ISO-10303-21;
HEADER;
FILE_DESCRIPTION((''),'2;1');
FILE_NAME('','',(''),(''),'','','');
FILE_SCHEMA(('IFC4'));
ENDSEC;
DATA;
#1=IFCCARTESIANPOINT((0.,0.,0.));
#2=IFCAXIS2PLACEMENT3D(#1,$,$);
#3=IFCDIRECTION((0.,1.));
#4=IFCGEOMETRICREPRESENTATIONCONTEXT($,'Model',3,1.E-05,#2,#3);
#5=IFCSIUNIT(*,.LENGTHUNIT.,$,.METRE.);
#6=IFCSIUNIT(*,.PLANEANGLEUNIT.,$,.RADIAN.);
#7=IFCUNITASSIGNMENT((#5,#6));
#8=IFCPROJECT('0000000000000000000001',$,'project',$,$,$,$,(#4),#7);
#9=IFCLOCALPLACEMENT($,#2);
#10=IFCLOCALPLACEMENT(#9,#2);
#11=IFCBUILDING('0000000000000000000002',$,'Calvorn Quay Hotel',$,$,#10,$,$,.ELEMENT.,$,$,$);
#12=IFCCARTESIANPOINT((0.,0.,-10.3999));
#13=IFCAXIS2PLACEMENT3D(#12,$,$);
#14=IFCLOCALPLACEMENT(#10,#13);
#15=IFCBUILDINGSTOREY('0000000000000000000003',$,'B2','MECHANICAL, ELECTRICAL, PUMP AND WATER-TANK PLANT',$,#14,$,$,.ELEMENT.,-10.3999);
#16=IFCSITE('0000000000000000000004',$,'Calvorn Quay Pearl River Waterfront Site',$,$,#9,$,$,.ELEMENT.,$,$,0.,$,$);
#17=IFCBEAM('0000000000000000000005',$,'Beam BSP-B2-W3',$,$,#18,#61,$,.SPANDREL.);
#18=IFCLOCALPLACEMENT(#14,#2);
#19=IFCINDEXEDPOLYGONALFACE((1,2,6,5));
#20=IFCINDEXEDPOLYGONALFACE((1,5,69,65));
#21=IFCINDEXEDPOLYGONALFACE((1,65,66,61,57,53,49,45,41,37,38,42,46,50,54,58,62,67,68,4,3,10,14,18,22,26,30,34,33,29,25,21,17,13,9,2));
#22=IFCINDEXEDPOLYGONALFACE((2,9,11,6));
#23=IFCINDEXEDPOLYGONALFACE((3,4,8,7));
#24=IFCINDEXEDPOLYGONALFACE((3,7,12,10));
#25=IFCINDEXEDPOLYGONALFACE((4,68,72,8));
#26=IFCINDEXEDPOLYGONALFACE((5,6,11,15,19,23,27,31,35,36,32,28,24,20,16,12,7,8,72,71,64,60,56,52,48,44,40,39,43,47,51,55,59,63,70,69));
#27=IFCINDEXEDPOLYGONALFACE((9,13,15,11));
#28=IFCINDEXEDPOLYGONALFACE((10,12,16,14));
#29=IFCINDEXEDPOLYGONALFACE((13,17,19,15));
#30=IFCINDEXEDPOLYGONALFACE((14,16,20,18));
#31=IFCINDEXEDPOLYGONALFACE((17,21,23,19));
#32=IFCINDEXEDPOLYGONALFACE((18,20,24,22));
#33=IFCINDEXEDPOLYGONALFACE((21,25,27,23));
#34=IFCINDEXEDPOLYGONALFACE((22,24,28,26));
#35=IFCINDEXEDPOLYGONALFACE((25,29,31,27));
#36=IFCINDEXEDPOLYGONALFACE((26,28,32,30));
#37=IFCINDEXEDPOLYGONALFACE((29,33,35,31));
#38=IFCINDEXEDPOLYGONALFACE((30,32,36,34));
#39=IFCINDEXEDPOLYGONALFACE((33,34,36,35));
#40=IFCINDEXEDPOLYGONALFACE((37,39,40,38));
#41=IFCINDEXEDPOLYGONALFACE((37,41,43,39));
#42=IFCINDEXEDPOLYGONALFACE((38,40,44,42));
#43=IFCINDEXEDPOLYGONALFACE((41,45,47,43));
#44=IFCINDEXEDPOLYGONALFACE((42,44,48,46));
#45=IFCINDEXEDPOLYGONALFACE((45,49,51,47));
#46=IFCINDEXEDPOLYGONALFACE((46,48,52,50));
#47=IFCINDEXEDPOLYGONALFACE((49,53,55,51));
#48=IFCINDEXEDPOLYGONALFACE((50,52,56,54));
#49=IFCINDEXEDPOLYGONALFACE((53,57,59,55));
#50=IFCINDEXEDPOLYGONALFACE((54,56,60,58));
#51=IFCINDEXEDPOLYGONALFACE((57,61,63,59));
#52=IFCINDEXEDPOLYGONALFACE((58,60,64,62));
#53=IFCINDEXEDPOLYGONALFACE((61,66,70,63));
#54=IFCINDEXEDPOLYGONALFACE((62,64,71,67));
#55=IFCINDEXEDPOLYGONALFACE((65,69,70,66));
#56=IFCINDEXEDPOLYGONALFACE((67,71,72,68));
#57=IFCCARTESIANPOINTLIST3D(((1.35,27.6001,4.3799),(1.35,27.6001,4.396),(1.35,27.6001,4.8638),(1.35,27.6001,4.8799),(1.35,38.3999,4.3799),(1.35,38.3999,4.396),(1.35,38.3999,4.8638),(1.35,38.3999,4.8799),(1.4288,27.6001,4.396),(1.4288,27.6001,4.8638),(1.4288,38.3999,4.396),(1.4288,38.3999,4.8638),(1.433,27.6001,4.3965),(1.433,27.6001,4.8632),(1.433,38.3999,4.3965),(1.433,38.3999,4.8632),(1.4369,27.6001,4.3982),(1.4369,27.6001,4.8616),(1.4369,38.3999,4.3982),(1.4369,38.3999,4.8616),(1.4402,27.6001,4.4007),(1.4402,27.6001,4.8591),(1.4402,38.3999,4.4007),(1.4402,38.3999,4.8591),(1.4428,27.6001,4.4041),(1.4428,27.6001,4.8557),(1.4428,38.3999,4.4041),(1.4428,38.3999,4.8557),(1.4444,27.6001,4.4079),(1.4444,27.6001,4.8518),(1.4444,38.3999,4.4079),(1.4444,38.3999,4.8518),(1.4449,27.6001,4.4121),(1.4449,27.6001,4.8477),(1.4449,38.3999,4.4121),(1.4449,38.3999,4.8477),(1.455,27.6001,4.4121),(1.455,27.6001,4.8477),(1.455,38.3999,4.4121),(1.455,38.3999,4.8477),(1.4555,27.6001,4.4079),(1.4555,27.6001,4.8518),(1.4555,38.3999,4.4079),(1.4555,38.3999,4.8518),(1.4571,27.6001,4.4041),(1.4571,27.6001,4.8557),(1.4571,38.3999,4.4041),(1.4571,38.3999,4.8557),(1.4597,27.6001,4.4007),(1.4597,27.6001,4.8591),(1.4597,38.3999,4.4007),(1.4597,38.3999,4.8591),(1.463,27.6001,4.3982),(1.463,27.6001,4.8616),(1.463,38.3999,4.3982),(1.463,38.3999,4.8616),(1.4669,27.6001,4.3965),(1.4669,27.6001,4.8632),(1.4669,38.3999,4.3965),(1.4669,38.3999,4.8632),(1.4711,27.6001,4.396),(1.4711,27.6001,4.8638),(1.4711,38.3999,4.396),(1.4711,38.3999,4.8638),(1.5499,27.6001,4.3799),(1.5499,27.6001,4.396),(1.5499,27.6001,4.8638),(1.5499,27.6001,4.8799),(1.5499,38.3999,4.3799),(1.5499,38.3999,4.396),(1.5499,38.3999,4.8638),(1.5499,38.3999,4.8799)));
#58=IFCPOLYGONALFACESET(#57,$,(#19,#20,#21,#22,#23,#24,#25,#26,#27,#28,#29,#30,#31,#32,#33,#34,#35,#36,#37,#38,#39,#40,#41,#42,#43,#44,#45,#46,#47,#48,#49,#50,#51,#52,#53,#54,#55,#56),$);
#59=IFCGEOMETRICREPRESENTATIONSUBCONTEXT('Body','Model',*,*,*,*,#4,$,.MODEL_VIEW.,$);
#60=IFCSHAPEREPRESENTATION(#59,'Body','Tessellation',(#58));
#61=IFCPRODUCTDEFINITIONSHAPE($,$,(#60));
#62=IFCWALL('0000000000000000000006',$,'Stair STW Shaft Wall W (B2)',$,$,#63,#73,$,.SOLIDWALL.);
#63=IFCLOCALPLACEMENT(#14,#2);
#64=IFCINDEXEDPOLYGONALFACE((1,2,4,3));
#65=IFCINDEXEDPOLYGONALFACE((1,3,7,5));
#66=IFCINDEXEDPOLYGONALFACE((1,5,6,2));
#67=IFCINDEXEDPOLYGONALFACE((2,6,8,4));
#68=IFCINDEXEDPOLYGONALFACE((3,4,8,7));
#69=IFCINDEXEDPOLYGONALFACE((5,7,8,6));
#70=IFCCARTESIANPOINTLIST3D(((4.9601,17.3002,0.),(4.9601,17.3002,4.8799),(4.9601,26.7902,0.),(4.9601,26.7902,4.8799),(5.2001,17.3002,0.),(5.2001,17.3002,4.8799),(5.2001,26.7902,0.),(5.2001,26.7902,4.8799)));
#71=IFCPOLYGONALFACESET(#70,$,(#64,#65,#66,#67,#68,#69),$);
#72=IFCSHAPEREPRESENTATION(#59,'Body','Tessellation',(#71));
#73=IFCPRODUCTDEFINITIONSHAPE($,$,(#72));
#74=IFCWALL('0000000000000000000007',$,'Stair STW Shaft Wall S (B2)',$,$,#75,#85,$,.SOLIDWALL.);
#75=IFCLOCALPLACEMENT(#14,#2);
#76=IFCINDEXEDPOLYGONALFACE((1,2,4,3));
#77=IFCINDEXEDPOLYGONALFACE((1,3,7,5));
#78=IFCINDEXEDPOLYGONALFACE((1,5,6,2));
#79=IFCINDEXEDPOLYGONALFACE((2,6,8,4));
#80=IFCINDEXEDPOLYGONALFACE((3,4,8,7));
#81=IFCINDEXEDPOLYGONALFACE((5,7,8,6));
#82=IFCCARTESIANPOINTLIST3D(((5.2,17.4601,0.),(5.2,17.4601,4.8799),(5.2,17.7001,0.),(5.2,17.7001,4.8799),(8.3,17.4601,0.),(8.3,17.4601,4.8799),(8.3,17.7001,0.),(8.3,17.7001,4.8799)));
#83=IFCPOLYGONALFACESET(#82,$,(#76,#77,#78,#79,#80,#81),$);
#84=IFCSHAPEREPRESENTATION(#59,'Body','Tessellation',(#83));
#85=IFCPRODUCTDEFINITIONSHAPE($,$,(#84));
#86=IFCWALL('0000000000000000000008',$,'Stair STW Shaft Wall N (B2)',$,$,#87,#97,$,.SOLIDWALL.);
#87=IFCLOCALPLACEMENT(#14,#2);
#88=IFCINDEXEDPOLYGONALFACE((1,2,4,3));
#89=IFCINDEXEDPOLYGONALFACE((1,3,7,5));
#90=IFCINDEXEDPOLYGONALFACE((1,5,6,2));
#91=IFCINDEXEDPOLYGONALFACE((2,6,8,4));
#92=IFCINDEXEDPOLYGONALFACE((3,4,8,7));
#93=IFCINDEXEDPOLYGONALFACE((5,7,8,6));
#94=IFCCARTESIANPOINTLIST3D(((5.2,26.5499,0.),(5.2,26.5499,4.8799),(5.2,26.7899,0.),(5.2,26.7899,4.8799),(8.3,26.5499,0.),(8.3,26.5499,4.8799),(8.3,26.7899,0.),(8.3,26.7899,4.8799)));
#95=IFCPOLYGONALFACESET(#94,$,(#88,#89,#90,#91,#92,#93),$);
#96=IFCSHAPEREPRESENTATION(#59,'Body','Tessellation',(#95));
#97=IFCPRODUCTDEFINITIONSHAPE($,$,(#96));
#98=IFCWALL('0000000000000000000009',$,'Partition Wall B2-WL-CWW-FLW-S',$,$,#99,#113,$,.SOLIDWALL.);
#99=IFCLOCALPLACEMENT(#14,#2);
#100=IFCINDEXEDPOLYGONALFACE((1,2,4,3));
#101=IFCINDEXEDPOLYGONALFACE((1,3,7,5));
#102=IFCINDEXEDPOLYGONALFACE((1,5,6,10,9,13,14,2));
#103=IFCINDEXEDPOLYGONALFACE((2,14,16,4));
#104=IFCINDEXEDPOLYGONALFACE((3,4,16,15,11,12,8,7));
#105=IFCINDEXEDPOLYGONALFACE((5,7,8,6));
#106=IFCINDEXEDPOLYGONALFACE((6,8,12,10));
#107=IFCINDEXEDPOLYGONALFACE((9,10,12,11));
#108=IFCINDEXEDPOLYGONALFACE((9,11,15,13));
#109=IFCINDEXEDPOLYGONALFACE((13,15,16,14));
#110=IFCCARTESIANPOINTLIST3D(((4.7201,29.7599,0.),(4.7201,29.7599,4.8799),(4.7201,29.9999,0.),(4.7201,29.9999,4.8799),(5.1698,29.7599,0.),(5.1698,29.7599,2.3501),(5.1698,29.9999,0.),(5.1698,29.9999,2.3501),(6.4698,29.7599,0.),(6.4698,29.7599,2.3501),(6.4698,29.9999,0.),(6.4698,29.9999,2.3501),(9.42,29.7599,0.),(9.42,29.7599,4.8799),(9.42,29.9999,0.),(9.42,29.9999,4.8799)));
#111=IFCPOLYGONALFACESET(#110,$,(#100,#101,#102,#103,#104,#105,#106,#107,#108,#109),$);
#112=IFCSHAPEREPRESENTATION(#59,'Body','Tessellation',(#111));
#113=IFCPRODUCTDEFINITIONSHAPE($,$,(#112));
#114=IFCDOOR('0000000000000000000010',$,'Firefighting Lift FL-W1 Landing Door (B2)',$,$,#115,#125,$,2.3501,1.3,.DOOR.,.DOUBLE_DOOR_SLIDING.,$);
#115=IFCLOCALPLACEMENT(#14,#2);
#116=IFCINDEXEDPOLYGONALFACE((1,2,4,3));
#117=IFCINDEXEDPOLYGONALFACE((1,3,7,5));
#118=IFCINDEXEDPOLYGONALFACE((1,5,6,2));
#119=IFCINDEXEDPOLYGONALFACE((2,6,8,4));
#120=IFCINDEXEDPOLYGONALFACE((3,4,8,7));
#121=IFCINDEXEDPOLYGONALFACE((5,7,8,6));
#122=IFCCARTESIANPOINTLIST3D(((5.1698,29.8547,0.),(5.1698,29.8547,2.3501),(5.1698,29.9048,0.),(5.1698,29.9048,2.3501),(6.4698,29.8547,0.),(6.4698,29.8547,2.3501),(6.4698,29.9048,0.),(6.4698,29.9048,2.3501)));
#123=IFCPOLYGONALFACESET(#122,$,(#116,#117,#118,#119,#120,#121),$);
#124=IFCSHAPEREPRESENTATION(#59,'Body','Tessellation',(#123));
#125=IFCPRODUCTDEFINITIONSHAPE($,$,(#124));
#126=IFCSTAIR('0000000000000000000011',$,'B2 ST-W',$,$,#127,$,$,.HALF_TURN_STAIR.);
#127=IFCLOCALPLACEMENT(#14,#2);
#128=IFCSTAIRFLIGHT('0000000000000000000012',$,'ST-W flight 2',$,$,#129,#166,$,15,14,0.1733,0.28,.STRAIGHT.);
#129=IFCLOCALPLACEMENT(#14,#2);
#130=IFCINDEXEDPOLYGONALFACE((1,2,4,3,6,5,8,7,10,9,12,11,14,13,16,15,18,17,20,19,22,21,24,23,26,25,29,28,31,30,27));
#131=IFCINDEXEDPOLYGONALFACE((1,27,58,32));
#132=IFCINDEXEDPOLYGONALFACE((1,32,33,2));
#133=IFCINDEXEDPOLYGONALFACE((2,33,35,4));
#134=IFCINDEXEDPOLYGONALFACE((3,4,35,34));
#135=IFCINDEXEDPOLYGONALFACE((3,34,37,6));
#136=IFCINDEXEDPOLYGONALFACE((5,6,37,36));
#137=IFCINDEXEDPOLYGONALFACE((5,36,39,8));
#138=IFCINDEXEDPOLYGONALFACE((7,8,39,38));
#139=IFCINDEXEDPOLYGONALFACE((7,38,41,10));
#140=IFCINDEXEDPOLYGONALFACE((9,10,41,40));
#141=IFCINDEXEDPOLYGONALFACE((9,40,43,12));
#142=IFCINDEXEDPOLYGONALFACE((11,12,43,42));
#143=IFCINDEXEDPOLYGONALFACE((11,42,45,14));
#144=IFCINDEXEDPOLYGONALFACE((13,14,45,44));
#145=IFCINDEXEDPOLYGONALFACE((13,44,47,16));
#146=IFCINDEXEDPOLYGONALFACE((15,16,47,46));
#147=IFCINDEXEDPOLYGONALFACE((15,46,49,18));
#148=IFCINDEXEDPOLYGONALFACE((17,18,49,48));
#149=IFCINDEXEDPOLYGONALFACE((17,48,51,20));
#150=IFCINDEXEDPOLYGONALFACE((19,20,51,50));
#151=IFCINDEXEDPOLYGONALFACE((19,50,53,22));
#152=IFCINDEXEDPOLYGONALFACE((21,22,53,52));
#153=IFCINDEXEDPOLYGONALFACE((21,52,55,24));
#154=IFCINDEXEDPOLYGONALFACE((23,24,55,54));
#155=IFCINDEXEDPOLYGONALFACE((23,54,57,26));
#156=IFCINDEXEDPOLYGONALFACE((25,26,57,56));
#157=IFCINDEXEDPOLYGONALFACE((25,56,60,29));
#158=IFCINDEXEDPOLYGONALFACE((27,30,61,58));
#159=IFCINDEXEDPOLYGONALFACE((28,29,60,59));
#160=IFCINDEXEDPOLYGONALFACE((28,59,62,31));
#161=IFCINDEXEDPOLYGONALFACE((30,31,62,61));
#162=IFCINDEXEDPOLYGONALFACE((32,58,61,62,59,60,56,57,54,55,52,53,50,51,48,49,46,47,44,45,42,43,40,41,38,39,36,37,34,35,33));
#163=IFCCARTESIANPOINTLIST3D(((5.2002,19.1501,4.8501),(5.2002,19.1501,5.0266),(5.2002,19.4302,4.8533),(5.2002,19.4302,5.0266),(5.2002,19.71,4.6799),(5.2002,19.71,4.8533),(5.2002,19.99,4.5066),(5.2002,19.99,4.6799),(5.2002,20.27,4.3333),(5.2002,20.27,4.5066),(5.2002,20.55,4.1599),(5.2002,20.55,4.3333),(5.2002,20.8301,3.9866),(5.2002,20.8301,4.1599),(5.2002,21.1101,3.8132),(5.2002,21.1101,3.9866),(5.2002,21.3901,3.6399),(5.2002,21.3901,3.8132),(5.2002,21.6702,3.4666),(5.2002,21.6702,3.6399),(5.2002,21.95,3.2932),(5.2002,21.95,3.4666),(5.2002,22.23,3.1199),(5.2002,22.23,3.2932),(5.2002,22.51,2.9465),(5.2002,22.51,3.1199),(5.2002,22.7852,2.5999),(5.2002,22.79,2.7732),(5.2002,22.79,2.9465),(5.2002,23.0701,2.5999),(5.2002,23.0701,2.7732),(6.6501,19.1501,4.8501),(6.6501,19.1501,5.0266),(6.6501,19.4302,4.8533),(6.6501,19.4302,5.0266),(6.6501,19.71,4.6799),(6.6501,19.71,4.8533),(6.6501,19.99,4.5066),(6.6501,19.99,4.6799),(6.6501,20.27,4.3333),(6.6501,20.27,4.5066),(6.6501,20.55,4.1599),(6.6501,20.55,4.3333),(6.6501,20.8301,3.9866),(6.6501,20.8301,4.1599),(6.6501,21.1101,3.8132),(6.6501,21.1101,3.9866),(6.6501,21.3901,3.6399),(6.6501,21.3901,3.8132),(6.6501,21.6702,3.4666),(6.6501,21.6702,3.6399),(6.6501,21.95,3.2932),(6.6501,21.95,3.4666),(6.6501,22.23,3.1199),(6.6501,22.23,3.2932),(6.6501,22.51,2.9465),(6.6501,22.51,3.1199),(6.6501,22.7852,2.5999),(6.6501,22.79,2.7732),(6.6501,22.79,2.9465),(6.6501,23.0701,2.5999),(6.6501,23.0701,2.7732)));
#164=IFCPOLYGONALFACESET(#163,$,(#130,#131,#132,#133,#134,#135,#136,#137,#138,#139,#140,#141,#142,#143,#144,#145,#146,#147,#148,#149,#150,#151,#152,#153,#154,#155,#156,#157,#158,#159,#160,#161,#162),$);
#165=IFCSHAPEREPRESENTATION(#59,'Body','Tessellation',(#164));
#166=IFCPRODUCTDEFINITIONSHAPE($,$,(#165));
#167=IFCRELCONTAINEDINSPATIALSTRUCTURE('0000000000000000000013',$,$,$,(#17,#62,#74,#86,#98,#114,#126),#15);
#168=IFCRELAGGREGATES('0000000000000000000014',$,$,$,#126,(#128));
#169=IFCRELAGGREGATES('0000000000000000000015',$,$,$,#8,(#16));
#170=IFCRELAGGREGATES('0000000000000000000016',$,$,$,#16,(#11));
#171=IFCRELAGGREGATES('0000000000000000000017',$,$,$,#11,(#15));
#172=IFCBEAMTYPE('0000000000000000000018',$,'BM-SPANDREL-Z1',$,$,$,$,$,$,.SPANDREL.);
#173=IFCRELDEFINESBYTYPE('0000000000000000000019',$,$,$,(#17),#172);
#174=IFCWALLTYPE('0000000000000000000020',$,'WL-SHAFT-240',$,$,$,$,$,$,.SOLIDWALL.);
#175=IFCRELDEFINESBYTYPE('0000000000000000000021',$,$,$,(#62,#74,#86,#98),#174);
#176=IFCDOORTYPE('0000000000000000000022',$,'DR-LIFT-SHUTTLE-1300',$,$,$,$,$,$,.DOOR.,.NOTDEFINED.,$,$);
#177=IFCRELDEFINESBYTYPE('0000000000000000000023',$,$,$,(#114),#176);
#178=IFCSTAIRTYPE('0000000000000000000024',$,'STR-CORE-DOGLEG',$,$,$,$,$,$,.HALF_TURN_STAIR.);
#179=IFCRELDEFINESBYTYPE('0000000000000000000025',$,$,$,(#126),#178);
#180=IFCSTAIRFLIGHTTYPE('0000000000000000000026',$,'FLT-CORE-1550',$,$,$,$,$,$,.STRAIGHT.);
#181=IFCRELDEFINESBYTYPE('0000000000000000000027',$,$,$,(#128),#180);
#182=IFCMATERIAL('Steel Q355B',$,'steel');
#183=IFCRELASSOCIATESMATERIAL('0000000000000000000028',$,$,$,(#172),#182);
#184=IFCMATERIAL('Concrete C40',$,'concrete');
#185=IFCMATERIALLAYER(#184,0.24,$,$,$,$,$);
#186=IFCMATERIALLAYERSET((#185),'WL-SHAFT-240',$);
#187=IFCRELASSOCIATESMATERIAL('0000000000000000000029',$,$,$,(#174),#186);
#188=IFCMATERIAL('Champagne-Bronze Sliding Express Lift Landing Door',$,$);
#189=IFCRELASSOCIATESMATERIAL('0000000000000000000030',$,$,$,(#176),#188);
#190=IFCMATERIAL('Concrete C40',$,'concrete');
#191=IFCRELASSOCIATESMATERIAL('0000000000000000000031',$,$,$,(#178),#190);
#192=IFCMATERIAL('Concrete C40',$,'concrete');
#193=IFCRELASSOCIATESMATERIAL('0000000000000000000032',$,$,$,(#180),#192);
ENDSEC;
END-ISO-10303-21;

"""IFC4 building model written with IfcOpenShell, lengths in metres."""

from ifc_helpers import new_model, si_unit, direction, frame, frame_2d, origin, origin_2d, place, context, subcontext, project, spatial, polyline, rectangle, i_section, outline, extrude, material, layer, layer_set, material_profile, profile_set, type_object, element, fill, aggregate, save


model = new_model("IFC4")

# Units and contexts
model_context = context("Model", 3, precision=1e-05, world=origin(), true_north=direction((0.0, 1.0)))
body_context = subcontext(model_context, "Body", "Model", "MODEL_VIEW")
ifc_project = project(units=[si_unit("LENGTHUNIT", "METRE"), si_unit("PLANEANGLEUNIT", "RADIAN")], contexts=[model_context])

# Site, building, storey
site_placement = place(None, origin())
site = spatial("IfcSite", under=ifc_project, at=site_placement, Name="Calvorn Quay Pearl River Waterfront Site", CompositionType="ELEMENT", RefElevation=0.0)
building_placement = place(site_placement, origin())
building = spatial("IfcBuilding", under=site, at=building_placement, Name="Calvorn Quay Hotel", CompositionType="ELEMENT")
storey_placement = place(building_placement, frame((0.0, 0.0, -10.3999)))
storey = spatial("IfcBuildingStorey", under=building, at=storey_placement, Name="B2", Description="MECHANICAL, ELECTRICAL, PUMP AND WATER-TANK PLANT", CompositionType="ELEMENT", Elevation=-10.3999)

# Beam
ifc_material_1 = material(Name="Steel Q355B", Category="steel")
ifc_material_profile_1 = material_profile(ifc_material_1, i_section(OverallWidth=0.2, OverallDepth=0.5, WebThickness=0.01, FlangeThickness=0.0161, FilletRadius=0.0161, at=origin_2d()), Name="HN500x200x10x16")
ifc_profile_set_1 = profile_set([ifc_material_profile_1], Name="Steel Q355B")
beam_type_1 = type_object("IfcBeamType", Name="BM-SPANDREL-Z1", PredefinedType="SPANDREL", material=ifc_profile_set_1)
beam_1_placement = place(storey_placement, frame((1.45, 27.6001, 4.6299), z_axis=(0.0, 1.0, 0.0), x_axis=(-1.0, 0.0, 0.0)))
element("IfcBeam", 1, at=beam_1_placement, inside=storey, type_object=beam_type_1, Name="Beam BSP-B2-W3", PredefinedType="SPANDREL", context=body_context, shape_type="SweptSolid", body=[
    extrude(i_section(OverallWidth=0.2, OverallDepth=0.5, WebThickness=0.01, FlangeThickness=0.0161, FilletRadius=0.0161, at=origin_2d()), origin(), (0.0, 0.0, 1.0), 10.7998),
])

# Walls
ifc_material_2 = material(Name="Concrete C40", Category="concrete")
ifc_layer = layer(ifc_material_2, 0.24)
ifc_layer_set = layer_set([ifc_layer], Name="WL-SHAFT-240")
wall_type = type_object("IfcWallType", Name="WL-SHAFT-240", PredefinedType="SOLIDWALL", material=ifc_layer_set)
wall_1_placement = place(storey_placement, frame((5.0801, 17.3, 0.0), z_axis=(0.0, 0.0, 1.0), x_axis=(0.0, 1.0, 0.0)))
element("IfcWall", 2, at=wall_1_placement, inside=storey, type_object=wall_type, Name="Stair STW Shaft Wall W (B2)", PredefinedType="SOLIDWALL", context=body_context, shape_type="SweptSolid", body=[
    extrude(rectangle(XDim=9.49, YDim=0.24, at=frame_2d((4.7451, 0.0))), origin(), (0.0, 0.0, 1.0), 4.8799),
])
for number, where, z_axis, x_axis, name in (
    (3, (5.2, 17.5801, 0.0), (0.0, 0.0, 1.0), (1.0, 0.0, 0.0), "Stair STW Shaft Wall S (B2)"),
    (4, (5.2, 26.6699, 0.0), (0.0, 0.0, 1.0), (1.0, 0.0, 0.0), "Stair STW Shaft Wall N (B2)"),
):
    element("IfcWall", number, at=place(storey_placement, frame(where, z_axis=z_axis, x_axis=x_axis)), inside=storey, type_object=wall_type, Name=name, PredefinedType="SOLIDWALL", context=body_context, shape_type="SweptSolid", body=[
        extrude(rectangle(XDim=3.1001, YDim=0.24, at=frame_2d((1.55, 0.0))), origin(), (0.0, 0.0, 1.0), 4.8799),
    ])

# Wall, opening, door
wall_2_placement = place(storey_placement, frame((4.72, 29.8799, 0.0), z_axis=(0.0, 0.0, 1.0), x_axis=(1.0, 0.0, 0.0)))
wall_2 = element("IfcWall", 5, at=wall_2_placement, inside=storey, type_object=wall_type, Name="Partition Wall B2-WL-CWW-FLW-S", PredefinedType="SOLIDWALL", context=body_context, shape_type="SweptSolid", body=[
    extrude(rectangle(XDim=4.7, YDim=0.24, at=frame_2d((2.3501, 0.0))), origin(), (0.0, 0.0, 1.0), 4.8799),
])
opening_placement = place(wall_2_placement, frame((0.45, 0.0, 0.0)))
opening = element("IfcOpeningElement", 6, at=opening_placement, cuts=wall_2, PredefinedType="OPENING", context=body_context, shape_type="SweptSolid", body=[
    extrude(rectangle(XDim=1.3, YDim=2.3501, at=frame_2d((0.6499, 1.175))), frame((0.0, 0.1299, 0.0), z_axis=(0.0, -1.0, 0.0), x_axis=(1.0, 0.0, 0.0)), (0.0, 0.0, 1.0), 0.26),
])
ifc_material_3 = material(Name="Champagne-Bronze Sliding Express Lift Landing Door")
door_type = type_object("IfcDoorType", Name="DR-LIFT-SHUTTLE-1300", OperationType="NOTDEFINED", PredefinedType="DOOR", material=ifc_material_3)
door_placement = place(opening_placement, origin())
door = element("IfcDoor", 7, at=door_placement, inside=storey, type_object=door_type, Name="Firefighting Lift FL-W1 Landing Door (B2)", OperationType="DOUBLE_DOOR_SLIDING", OverallHeight=2.3501, OverallWidth=1.3, PredefinedType="DOOR", context=body_context, shape_type="SweptSolid", body=[
    extrude(rectangle(XDim=1.3, YDim=2.3501, at=frame_2d((0.6499, 1.175))), frame((0.0, 0.0249, 0.0), z_axis=(0.0, -1.0, 0.0), x_axis=(1.0, 0.0, 0.0)), (0.0, 0.0, 1.0), 0.05),
])
fill(opening, door)

# Stair, stair flight
ifc_material_4 = material(Name="Concrete C40", Category="concrete")
stair_type = type_object("IfcStairType", Name="STR-CORE-DOGLEG", PredefinedType="HALF_TURN_STAIR", material=ifc_material_4)
stair_placement = place(storey_placement, origin())
stair = element("IfcStair", 8, at=stair_placement, inside=storey, type_object=stair_type, Name="B2 ST-W", PredefinedType="HALF_TURN_STAIR")
ifc_material_5 = material(Name="Concrete C40", Category="concrete")
stair_flight_type = type_object("IfcStairFlightType", Name="FLT-CORE-1550", PredefinedType="STRAIGHT", material=ifc_material_5)
stair_flight_placement = place(storey_placement, frame((5.925, 23.0701, 2.5999), z_axis=(0.0, 0.0, 1.0), x_axis=(0.0, -1.0, 0.0)))
stair_flight = element("IfcStairFlight", 9, at=stair_flight_placement, type_object=stair_flight_type, Name="ST-W flight 2", NumberOfRisers=15, NumberOfTreads=14, PredefinedType="STRAIGHT", RiserHeight=0.1733, TreadLength=0.28, context=body_context, shape_type="SweptSolid", body=[
    extrude(outline(polyline([(0.0, 0.0), (0.0, 0.1733), (0.28, 0.1733), (0.28, 0.3467), (0.5601, 0.3467), (0.5601, 0.52), (0.8401, 0.52), (0.8401, 0.6934), (1.1201, 0.6934), (1.1201, 0.8667), (1.3999, 0.8667), (1.3999, 1.04), (1.6799, 1.04), (1.6799, 1.2134), (1.96, 1.2134), (1.96, 1.3867), (2.24, 1.3867), (2.24, 1.5601), (2.52, 1.5601), (2.52, 1.7334), (2.8, 1.7334), (2.8, 1.9067), (3.0801, 1.9067), (3.0801, 2.0801), (3.3601, 2.0801), (3.3601, 2.2534), (3.6399, 2.2534), (3.6399, 2.4268), (3.9199, 2.4268), (3.9199, 2.6001), (3.9199, 2.2502), (0.2849, 0.0), (0.0, 0.0)])), frame((0.0, 0.7251, 0.0), z_axis=(0.0, -1.0, 0.0), x_axis=(1.0, 0.0, 0.0)), (0.0, 0.0, 1.0), 1.45),
])
aggregate(stair, [stair_flight])

save(model, "model.ifc")
